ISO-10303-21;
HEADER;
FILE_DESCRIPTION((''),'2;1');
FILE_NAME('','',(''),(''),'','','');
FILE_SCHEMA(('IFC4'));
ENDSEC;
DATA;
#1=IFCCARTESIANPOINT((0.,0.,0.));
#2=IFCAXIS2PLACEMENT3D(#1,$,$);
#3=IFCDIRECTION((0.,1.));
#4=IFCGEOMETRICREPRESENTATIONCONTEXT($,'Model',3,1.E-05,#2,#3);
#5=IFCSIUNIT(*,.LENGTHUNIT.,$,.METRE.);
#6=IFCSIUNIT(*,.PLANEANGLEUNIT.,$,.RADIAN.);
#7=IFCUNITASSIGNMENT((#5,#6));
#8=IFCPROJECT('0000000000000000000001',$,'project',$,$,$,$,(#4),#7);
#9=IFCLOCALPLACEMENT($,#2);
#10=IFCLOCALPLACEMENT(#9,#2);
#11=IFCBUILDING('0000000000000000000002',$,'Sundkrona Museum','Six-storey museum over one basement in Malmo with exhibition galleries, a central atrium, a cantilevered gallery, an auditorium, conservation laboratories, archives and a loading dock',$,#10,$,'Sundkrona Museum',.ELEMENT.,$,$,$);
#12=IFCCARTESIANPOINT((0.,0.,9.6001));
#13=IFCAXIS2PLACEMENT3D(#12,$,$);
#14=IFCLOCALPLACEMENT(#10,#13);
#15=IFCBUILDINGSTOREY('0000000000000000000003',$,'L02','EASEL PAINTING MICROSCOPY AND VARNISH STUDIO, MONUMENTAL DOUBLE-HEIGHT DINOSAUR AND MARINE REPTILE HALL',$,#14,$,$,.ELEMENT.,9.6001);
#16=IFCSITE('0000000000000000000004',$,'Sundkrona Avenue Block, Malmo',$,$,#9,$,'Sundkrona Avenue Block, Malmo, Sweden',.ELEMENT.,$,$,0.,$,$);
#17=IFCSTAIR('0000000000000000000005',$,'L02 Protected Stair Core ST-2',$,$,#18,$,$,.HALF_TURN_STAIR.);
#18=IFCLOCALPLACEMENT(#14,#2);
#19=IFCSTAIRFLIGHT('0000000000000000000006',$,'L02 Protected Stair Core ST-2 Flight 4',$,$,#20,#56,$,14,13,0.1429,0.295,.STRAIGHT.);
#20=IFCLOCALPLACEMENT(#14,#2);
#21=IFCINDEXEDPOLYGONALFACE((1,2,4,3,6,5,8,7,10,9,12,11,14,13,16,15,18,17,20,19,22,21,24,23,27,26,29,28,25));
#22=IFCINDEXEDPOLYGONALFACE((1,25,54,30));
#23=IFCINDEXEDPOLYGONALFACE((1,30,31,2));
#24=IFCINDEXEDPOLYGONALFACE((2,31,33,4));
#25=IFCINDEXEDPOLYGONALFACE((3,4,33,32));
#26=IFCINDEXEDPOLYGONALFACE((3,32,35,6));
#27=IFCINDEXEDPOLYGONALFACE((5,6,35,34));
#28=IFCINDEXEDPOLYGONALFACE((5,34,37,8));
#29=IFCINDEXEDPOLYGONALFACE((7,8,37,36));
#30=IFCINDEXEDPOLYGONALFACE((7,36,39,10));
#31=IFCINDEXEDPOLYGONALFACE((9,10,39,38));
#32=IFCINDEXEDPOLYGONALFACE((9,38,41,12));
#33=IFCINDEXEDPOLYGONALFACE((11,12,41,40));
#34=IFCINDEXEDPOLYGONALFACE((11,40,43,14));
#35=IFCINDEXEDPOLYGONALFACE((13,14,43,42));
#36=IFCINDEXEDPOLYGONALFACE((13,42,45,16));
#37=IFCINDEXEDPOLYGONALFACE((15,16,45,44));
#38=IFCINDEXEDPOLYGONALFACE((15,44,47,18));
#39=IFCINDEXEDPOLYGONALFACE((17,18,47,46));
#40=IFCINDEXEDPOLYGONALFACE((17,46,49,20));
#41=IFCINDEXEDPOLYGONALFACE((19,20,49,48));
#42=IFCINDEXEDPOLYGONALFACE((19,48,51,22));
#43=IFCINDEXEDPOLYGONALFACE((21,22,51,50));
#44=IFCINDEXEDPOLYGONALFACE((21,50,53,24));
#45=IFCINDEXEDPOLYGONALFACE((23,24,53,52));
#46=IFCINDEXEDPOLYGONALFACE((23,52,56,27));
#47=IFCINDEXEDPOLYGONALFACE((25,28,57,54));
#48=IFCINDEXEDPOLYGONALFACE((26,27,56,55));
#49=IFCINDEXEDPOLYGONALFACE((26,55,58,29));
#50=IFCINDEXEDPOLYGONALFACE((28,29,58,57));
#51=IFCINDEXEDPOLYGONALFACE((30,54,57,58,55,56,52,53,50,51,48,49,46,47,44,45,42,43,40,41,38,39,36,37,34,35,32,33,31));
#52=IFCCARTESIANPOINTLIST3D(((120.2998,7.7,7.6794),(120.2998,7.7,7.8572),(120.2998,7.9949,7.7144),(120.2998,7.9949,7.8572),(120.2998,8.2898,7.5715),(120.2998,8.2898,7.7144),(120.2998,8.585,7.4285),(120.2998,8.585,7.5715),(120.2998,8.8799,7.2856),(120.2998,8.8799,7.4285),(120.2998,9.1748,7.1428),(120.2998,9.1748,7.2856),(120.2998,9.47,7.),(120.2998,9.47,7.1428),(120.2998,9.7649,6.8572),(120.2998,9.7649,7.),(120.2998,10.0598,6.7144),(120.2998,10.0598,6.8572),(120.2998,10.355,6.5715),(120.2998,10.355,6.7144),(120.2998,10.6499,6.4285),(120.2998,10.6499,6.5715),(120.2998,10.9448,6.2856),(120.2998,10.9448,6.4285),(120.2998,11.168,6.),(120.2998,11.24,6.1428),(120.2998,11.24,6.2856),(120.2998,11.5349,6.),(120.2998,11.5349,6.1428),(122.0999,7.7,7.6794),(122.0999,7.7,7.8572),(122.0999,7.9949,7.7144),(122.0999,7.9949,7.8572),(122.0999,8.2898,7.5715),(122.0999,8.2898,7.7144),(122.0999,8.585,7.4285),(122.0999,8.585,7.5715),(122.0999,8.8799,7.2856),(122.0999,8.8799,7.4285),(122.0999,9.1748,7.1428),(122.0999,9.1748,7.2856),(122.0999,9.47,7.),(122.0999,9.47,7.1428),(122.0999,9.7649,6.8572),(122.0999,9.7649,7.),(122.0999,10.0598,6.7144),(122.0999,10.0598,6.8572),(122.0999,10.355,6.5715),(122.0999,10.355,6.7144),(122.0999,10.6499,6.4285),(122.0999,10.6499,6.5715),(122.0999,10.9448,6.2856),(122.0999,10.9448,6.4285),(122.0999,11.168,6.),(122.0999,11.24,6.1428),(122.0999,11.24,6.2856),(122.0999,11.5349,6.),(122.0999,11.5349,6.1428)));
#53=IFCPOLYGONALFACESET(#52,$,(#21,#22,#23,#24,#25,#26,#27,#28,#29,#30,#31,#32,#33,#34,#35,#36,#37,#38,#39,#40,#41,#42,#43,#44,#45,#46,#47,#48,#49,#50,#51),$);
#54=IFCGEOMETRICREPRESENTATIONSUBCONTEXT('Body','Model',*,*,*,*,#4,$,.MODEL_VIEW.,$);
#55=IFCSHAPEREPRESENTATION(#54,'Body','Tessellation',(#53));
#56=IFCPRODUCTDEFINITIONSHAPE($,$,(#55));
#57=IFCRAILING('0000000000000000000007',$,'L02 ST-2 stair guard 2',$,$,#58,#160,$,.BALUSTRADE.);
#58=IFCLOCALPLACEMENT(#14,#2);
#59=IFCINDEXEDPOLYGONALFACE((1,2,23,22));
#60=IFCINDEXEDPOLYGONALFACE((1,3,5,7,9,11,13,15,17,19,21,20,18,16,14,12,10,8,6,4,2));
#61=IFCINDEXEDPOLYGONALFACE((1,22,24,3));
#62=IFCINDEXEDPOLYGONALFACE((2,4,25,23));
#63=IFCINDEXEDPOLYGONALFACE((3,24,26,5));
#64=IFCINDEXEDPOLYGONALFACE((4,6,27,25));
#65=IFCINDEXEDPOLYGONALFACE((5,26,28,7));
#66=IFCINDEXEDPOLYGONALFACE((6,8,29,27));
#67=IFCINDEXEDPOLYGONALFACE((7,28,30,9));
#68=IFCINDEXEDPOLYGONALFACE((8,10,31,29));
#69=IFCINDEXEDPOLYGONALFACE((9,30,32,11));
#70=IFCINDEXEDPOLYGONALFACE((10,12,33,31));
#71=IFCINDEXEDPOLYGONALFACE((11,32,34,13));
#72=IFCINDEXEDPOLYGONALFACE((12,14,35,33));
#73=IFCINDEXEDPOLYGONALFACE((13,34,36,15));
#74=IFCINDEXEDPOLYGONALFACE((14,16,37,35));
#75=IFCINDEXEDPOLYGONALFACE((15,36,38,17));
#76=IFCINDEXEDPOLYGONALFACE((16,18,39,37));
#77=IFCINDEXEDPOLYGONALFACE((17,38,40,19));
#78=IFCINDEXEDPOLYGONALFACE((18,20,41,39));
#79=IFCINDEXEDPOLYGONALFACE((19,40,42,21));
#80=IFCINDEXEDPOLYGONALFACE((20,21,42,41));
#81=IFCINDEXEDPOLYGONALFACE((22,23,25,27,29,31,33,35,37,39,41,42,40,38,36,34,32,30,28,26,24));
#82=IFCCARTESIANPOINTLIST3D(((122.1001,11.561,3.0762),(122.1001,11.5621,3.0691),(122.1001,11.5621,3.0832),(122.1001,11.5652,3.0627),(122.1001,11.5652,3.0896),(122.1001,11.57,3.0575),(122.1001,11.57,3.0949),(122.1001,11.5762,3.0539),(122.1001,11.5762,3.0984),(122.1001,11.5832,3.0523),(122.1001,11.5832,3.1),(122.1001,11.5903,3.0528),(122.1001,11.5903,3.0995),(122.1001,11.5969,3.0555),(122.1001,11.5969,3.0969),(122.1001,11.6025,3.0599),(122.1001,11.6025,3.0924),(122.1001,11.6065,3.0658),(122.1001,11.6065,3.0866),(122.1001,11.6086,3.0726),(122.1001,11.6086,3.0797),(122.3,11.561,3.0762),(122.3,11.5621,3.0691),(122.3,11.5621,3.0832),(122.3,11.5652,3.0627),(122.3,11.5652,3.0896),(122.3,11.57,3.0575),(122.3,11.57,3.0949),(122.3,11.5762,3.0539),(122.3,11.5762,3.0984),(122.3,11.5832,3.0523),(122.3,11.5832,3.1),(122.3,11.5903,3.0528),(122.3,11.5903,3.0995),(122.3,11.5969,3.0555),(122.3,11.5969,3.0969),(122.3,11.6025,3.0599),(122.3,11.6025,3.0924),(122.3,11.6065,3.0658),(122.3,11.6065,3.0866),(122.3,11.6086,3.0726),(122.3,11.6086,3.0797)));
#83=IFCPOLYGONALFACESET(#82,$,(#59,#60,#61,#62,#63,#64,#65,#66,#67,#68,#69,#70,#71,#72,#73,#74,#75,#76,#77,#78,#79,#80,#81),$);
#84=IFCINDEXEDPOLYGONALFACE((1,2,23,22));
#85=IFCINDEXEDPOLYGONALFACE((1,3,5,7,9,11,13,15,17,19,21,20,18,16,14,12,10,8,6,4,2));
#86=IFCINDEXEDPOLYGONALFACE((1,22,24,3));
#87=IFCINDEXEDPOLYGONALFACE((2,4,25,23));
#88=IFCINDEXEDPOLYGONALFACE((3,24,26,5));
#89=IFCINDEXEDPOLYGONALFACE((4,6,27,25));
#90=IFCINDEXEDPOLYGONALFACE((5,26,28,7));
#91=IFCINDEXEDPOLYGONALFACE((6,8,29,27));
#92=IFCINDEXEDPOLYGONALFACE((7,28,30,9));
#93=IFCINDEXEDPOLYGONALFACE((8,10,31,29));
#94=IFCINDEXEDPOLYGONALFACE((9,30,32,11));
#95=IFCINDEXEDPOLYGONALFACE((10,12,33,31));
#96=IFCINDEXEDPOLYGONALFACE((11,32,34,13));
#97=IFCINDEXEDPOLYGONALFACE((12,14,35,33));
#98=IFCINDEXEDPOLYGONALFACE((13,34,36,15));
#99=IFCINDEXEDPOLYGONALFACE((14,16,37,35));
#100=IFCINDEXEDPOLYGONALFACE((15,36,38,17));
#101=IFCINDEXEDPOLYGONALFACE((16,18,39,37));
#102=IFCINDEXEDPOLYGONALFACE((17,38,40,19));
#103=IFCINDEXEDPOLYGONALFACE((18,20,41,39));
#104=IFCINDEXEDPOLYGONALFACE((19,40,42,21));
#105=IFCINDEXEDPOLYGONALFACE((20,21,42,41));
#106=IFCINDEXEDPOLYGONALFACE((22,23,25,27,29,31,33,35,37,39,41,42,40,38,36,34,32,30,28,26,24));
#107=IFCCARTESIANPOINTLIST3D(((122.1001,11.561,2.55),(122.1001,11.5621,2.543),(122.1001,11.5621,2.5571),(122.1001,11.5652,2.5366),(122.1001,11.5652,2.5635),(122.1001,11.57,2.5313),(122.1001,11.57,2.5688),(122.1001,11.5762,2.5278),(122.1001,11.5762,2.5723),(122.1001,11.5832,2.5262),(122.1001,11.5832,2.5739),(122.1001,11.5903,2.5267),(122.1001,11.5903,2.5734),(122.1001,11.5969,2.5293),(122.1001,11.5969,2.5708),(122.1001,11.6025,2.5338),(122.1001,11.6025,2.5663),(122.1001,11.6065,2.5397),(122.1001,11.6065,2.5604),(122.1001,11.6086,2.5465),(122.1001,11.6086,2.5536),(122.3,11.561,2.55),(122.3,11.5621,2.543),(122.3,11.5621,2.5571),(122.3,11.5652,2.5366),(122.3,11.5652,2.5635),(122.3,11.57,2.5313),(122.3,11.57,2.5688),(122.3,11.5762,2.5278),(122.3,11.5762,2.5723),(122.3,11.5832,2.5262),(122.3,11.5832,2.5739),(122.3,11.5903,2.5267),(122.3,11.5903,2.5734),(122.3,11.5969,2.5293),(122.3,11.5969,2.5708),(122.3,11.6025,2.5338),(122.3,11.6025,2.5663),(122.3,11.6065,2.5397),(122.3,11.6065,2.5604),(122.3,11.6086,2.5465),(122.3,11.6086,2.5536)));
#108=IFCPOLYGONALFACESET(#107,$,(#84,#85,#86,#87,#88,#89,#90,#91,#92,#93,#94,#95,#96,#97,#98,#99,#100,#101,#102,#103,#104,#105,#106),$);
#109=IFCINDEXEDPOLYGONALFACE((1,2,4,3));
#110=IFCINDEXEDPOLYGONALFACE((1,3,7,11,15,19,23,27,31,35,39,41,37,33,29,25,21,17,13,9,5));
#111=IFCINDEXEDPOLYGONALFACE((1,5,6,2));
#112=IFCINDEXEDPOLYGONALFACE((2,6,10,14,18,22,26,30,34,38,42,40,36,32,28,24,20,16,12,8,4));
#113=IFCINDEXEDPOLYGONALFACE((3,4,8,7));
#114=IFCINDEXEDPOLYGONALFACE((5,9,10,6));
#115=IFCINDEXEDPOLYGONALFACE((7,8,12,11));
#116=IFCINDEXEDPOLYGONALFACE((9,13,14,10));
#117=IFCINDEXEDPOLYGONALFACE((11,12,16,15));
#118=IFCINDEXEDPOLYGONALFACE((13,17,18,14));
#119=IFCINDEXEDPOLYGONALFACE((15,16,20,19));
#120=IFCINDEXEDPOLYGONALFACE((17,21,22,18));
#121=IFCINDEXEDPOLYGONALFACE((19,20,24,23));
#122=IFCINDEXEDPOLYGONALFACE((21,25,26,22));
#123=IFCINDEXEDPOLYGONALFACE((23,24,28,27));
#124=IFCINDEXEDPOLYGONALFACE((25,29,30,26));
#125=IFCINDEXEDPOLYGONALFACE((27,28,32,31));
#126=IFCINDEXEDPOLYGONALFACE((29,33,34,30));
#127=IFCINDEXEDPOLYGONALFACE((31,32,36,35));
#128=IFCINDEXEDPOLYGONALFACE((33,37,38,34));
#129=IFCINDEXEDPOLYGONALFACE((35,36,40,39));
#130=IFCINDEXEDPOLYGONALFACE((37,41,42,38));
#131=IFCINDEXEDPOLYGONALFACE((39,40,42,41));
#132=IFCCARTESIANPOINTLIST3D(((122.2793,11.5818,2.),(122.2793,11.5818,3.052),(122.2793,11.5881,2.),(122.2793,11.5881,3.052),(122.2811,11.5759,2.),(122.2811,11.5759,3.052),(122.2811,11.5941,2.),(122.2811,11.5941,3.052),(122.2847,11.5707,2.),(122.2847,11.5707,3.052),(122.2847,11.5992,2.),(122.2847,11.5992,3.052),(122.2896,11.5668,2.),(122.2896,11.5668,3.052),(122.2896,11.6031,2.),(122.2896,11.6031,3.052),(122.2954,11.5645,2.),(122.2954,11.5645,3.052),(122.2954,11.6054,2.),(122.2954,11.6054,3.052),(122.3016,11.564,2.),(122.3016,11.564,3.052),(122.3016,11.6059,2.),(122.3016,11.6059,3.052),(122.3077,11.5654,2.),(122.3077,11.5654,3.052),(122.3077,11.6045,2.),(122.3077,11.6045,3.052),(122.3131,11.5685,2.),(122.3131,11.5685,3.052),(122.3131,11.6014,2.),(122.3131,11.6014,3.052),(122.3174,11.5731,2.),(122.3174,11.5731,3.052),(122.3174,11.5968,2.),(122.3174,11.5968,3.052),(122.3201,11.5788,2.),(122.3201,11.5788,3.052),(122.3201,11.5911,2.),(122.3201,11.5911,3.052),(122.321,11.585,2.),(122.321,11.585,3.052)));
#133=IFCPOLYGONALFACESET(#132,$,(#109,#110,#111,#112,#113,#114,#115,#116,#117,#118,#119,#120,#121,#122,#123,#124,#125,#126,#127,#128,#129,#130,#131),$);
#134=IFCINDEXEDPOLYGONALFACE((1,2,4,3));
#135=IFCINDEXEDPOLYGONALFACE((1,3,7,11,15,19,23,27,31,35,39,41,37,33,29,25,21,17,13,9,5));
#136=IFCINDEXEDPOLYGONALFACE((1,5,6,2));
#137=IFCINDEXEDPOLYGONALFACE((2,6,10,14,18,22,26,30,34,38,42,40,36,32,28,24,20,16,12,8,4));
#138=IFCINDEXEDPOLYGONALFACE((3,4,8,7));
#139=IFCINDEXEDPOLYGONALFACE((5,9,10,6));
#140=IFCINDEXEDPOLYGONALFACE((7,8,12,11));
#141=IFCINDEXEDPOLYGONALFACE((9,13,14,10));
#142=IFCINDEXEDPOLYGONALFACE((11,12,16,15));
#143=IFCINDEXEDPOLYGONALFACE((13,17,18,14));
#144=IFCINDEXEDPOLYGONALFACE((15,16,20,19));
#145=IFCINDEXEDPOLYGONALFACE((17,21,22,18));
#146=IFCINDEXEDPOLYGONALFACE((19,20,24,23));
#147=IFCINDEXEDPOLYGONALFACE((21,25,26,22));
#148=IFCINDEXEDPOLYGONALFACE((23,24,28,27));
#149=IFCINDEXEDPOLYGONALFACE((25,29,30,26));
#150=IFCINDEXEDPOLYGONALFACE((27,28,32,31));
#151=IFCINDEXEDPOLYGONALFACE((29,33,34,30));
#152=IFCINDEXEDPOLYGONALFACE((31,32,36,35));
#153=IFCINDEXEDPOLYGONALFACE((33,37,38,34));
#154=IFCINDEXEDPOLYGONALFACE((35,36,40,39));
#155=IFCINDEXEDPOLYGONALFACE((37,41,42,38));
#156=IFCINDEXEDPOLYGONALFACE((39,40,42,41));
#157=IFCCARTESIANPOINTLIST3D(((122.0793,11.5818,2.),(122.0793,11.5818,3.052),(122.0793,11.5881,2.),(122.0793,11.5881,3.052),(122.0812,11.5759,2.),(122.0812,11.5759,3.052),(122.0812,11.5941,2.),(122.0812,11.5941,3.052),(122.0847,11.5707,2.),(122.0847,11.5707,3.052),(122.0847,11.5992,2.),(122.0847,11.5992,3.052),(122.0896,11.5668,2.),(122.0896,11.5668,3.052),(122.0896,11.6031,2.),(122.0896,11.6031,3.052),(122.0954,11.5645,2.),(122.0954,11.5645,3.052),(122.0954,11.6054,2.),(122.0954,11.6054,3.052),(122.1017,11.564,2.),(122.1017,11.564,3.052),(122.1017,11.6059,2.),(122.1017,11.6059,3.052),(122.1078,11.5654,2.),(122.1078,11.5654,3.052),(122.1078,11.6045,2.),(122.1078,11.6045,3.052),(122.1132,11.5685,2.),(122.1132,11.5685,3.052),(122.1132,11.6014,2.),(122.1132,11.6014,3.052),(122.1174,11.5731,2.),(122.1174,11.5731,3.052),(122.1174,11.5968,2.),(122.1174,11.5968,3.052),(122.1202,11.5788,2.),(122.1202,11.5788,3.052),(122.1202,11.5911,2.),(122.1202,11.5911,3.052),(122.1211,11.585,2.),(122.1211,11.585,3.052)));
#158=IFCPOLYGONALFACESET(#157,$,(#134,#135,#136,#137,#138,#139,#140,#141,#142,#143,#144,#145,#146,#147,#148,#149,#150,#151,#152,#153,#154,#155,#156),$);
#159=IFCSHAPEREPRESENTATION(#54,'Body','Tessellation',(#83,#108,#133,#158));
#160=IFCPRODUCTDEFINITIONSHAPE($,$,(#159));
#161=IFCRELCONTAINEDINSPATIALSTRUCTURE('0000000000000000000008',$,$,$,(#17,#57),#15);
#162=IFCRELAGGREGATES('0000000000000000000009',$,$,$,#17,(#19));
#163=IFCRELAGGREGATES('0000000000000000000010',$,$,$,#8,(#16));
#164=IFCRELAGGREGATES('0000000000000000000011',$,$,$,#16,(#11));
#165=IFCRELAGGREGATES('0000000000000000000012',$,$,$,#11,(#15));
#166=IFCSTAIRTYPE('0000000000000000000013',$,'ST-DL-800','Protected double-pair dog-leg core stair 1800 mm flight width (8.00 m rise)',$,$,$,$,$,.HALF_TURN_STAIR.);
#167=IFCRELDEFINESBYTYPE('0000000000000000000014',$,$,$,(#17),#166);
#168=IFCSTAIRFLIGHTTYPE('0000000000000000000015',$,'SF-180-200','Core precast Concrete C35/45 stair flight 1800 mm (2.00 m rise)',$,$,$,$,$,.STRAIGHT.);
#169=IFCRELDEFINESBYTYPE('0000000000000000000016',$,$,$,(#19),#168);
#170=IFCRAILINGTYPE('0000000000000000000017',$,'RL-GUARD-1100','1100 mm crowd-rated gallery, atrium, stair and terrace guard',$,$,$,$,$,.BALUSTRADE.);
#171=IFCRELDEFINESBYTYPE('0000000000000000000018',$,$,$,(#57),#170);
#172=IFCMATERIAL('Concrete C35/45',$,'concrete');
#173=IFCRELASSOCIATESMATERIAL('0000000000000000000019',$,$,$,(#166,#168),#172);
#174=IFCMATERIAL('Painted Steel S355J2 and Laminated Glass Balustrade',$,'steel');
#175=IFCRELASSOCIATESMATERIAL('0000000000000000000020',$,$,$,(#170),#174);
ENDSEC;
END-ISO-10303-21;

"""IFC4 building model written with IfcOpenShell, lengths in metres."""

from ifc_helpers import new_model, si_unit, direction, frame, origin, origin_2d, place, context, subcontext, project, spatial, polyline, circle, outline, extrude, material, type_object, element, aggregate, save


model = new_model("IFC4")

# Units and contexts
model_context = context("Model", 3, precision=1e-05, world=origin(), true_north=direction((0.0, 1.0)))
body_context = subcontext(model_context, "Body", "Model", "MODEL_VIEW")
ifc_project = project(units=[si_unit("LENGTHUNIT", "METRE"), si_unit("PLANEANGLEUNIT", "RADIAN")], contexts=[model_context])

# Site, building, storey
site_placement = place(None, origin())
site = spatial("IfcSite", under=ifc_project, at=site_placement, Name="Sundkrona Avenue Block, Malmo", LongName="Sundkrona Avenue Block, Malmo, Sweden", CompositionType="ELEMENT", RefElevation=0.0)
building_placement = place(site_placement, origin())
building = spatial("IfcBuilding", under=site, at=building_placement, Name="Sundkrona Museum", Description="Six-storey museum over one basement in Malmo with exhibition galleries, a central atrium, a cantilevered gallery, an auditorium, conservation laboratories, archives and a loading dock", LongName="Sundkrona Museum", CompositionType="ELEMENT")
storey_placement = place(building_placement, frame((0.0, 0.0, 9.6001)))
storey = spatial("IfcBuildingStorey", under=building, at=storey_placement, Name="L02", Description="EASEL PAINTING MICROSCOPY AND VARNISH STUDIO, MONUMENTAL DOUBLE-HEIGHT DINOSAUR AND MARINE REPTILE HALL", CompositionType="ELEMENT", Elevation=9.6001)

# Stair, stair flight
ifc_material_1 = material(Name="Concrete C35/45", Category="concrete")
stair_type = type_object("IfcStairType", Name="ST-DL-800", Description="Protected double-pair dog-leg core stair 1800 mm flight width (8.00 m rise)", PredefinedType="HALF_TURN_STAIR", material=ifc_material_1)
stair_placement = place(storey_placement, origin())
stair = element("IfcStair", 1, at=stair_placement, inside=storey, type_object=stair_type, Name="L02 Protected Stair Core ST-2", PredefinedType="HALF_TURN_STAIR")
stair_flight_type = type_object("IfcStairFlightType", Name="SF-180-200", Description="Core precast Concrete C35/45 stair flight 1800 mm (2.00 m rise)", PredefinedType="STRAIGHT", material=ifc_material_1)
stair_flight_1_placement = place(storey_placement, frame((121.2, 11.5349, 6.0), z_axis=(0.0, 0.0, 1.0), x_axis=(0.0, -1.0, 0.0)))
stair_flight_1 = element("IfcStairFlight", 2, at=stair_flight_1_placement, type_object=stair_flight_type, Name="L02 Protected Stair Core ST-2 Flight 4", NumberOfRisers=14, NumberOfTreads=13, PredefinedType="STRAIGHT", RiserHeight=0.1429, TreadLength=0.295, context=body_context, shape_type="SweptSolid", body=[
    extrude(outline(polyline([(0.0, 0.0), (0.0, 0.1428), (0.2949, 0.1428), (0.2949, 0.2856), (0.5901, 0.2856), (0.5901, 0.4285), (0.885, 0.4285), (0.885, 0.5715), (1.1799, 0.5715), (1.1799, 0.7144), (1.4751, 0.7144), (1.4751, 0.8572), (1.77, 0.8572), (1.77, 1.0), (2.0649, 1.0), (2.0649, 1.1428), (2.3601, 1.1428), (2.3601, 1.2856), (2.655, 1.2856), (2.655, 1.4285), (2.95, 1.4285), (2.95, 1.5715), (3.2451, 1.5715), (3.2451, 1.7144), (3.54, 1.7144), (3.54, 1.8572), (3.835, 1.8572), (3.835, 2.0), (3.835, 1.6794), (0.3669, 0.0), (0.0, 0.0)])), frame((0.0, 0.8999, 0.0), z_axis=(0.0, -1.0, 0.0), x_axis=(1.0, 0.0, 0.0)), (0.0, 0.0, 1.0), 1.8),
])
aggregate(stair, [stair_flight_1])

# Railing
ifc_material_2 = material(Name="Painted Steel S355J2 and Laminated Glass Balustrade", Category="steel")
railing_type_1 = type_object("IfcRailingType", Name="RL-GUARD-1100", Description="1100 mm crowd-rated gallery, atrium, stair and terrace guard", PredefinedType="BALUSTRADE", material=ifc_material_2)
railing_1_placement = place(storey_placement, frame((122.3, 11.585, 2.0)))
element("IfcRailing", 3, at=railing_1_placement, inside=storey, type_object=railing_type_1, Name="L02 ST-2 stair guard 2", PredefinedType="BALUSTRADE", context=body_context, shape_type="SweptSolid", body=[
    extrude(circle(Radius=0.0239, at=origin_2d()), frame((0.0, 0.0, 1.0762), z_axis=(-1.0, 0.0, 0.0), x_axis=(0.0, -1.0, 0.0)), (0.0, 0.0, 1.0), 0.2),
    extrude(circle(Radius=0.0239, at=origin_2d()), frame((0.0, 0.0, 0.55), z_axis=(-1.0, 0.0, 0.0), x_axis=(0.0, -1.0, 0.0)), (0.0, 0.0, 1.0), 0.2),
    extrude(circle(Radius=0.021, at=origin_2d()), origin(), (0.0, 0.0, 1.0), 1.052),
    extrude(circle(Radius=0.021, at=origin_2d()), frame((-0.2, 0.0, 0.0)), (0.0, 0.0, 1.0), 1.052),
])

save(model, "model.ifc")
